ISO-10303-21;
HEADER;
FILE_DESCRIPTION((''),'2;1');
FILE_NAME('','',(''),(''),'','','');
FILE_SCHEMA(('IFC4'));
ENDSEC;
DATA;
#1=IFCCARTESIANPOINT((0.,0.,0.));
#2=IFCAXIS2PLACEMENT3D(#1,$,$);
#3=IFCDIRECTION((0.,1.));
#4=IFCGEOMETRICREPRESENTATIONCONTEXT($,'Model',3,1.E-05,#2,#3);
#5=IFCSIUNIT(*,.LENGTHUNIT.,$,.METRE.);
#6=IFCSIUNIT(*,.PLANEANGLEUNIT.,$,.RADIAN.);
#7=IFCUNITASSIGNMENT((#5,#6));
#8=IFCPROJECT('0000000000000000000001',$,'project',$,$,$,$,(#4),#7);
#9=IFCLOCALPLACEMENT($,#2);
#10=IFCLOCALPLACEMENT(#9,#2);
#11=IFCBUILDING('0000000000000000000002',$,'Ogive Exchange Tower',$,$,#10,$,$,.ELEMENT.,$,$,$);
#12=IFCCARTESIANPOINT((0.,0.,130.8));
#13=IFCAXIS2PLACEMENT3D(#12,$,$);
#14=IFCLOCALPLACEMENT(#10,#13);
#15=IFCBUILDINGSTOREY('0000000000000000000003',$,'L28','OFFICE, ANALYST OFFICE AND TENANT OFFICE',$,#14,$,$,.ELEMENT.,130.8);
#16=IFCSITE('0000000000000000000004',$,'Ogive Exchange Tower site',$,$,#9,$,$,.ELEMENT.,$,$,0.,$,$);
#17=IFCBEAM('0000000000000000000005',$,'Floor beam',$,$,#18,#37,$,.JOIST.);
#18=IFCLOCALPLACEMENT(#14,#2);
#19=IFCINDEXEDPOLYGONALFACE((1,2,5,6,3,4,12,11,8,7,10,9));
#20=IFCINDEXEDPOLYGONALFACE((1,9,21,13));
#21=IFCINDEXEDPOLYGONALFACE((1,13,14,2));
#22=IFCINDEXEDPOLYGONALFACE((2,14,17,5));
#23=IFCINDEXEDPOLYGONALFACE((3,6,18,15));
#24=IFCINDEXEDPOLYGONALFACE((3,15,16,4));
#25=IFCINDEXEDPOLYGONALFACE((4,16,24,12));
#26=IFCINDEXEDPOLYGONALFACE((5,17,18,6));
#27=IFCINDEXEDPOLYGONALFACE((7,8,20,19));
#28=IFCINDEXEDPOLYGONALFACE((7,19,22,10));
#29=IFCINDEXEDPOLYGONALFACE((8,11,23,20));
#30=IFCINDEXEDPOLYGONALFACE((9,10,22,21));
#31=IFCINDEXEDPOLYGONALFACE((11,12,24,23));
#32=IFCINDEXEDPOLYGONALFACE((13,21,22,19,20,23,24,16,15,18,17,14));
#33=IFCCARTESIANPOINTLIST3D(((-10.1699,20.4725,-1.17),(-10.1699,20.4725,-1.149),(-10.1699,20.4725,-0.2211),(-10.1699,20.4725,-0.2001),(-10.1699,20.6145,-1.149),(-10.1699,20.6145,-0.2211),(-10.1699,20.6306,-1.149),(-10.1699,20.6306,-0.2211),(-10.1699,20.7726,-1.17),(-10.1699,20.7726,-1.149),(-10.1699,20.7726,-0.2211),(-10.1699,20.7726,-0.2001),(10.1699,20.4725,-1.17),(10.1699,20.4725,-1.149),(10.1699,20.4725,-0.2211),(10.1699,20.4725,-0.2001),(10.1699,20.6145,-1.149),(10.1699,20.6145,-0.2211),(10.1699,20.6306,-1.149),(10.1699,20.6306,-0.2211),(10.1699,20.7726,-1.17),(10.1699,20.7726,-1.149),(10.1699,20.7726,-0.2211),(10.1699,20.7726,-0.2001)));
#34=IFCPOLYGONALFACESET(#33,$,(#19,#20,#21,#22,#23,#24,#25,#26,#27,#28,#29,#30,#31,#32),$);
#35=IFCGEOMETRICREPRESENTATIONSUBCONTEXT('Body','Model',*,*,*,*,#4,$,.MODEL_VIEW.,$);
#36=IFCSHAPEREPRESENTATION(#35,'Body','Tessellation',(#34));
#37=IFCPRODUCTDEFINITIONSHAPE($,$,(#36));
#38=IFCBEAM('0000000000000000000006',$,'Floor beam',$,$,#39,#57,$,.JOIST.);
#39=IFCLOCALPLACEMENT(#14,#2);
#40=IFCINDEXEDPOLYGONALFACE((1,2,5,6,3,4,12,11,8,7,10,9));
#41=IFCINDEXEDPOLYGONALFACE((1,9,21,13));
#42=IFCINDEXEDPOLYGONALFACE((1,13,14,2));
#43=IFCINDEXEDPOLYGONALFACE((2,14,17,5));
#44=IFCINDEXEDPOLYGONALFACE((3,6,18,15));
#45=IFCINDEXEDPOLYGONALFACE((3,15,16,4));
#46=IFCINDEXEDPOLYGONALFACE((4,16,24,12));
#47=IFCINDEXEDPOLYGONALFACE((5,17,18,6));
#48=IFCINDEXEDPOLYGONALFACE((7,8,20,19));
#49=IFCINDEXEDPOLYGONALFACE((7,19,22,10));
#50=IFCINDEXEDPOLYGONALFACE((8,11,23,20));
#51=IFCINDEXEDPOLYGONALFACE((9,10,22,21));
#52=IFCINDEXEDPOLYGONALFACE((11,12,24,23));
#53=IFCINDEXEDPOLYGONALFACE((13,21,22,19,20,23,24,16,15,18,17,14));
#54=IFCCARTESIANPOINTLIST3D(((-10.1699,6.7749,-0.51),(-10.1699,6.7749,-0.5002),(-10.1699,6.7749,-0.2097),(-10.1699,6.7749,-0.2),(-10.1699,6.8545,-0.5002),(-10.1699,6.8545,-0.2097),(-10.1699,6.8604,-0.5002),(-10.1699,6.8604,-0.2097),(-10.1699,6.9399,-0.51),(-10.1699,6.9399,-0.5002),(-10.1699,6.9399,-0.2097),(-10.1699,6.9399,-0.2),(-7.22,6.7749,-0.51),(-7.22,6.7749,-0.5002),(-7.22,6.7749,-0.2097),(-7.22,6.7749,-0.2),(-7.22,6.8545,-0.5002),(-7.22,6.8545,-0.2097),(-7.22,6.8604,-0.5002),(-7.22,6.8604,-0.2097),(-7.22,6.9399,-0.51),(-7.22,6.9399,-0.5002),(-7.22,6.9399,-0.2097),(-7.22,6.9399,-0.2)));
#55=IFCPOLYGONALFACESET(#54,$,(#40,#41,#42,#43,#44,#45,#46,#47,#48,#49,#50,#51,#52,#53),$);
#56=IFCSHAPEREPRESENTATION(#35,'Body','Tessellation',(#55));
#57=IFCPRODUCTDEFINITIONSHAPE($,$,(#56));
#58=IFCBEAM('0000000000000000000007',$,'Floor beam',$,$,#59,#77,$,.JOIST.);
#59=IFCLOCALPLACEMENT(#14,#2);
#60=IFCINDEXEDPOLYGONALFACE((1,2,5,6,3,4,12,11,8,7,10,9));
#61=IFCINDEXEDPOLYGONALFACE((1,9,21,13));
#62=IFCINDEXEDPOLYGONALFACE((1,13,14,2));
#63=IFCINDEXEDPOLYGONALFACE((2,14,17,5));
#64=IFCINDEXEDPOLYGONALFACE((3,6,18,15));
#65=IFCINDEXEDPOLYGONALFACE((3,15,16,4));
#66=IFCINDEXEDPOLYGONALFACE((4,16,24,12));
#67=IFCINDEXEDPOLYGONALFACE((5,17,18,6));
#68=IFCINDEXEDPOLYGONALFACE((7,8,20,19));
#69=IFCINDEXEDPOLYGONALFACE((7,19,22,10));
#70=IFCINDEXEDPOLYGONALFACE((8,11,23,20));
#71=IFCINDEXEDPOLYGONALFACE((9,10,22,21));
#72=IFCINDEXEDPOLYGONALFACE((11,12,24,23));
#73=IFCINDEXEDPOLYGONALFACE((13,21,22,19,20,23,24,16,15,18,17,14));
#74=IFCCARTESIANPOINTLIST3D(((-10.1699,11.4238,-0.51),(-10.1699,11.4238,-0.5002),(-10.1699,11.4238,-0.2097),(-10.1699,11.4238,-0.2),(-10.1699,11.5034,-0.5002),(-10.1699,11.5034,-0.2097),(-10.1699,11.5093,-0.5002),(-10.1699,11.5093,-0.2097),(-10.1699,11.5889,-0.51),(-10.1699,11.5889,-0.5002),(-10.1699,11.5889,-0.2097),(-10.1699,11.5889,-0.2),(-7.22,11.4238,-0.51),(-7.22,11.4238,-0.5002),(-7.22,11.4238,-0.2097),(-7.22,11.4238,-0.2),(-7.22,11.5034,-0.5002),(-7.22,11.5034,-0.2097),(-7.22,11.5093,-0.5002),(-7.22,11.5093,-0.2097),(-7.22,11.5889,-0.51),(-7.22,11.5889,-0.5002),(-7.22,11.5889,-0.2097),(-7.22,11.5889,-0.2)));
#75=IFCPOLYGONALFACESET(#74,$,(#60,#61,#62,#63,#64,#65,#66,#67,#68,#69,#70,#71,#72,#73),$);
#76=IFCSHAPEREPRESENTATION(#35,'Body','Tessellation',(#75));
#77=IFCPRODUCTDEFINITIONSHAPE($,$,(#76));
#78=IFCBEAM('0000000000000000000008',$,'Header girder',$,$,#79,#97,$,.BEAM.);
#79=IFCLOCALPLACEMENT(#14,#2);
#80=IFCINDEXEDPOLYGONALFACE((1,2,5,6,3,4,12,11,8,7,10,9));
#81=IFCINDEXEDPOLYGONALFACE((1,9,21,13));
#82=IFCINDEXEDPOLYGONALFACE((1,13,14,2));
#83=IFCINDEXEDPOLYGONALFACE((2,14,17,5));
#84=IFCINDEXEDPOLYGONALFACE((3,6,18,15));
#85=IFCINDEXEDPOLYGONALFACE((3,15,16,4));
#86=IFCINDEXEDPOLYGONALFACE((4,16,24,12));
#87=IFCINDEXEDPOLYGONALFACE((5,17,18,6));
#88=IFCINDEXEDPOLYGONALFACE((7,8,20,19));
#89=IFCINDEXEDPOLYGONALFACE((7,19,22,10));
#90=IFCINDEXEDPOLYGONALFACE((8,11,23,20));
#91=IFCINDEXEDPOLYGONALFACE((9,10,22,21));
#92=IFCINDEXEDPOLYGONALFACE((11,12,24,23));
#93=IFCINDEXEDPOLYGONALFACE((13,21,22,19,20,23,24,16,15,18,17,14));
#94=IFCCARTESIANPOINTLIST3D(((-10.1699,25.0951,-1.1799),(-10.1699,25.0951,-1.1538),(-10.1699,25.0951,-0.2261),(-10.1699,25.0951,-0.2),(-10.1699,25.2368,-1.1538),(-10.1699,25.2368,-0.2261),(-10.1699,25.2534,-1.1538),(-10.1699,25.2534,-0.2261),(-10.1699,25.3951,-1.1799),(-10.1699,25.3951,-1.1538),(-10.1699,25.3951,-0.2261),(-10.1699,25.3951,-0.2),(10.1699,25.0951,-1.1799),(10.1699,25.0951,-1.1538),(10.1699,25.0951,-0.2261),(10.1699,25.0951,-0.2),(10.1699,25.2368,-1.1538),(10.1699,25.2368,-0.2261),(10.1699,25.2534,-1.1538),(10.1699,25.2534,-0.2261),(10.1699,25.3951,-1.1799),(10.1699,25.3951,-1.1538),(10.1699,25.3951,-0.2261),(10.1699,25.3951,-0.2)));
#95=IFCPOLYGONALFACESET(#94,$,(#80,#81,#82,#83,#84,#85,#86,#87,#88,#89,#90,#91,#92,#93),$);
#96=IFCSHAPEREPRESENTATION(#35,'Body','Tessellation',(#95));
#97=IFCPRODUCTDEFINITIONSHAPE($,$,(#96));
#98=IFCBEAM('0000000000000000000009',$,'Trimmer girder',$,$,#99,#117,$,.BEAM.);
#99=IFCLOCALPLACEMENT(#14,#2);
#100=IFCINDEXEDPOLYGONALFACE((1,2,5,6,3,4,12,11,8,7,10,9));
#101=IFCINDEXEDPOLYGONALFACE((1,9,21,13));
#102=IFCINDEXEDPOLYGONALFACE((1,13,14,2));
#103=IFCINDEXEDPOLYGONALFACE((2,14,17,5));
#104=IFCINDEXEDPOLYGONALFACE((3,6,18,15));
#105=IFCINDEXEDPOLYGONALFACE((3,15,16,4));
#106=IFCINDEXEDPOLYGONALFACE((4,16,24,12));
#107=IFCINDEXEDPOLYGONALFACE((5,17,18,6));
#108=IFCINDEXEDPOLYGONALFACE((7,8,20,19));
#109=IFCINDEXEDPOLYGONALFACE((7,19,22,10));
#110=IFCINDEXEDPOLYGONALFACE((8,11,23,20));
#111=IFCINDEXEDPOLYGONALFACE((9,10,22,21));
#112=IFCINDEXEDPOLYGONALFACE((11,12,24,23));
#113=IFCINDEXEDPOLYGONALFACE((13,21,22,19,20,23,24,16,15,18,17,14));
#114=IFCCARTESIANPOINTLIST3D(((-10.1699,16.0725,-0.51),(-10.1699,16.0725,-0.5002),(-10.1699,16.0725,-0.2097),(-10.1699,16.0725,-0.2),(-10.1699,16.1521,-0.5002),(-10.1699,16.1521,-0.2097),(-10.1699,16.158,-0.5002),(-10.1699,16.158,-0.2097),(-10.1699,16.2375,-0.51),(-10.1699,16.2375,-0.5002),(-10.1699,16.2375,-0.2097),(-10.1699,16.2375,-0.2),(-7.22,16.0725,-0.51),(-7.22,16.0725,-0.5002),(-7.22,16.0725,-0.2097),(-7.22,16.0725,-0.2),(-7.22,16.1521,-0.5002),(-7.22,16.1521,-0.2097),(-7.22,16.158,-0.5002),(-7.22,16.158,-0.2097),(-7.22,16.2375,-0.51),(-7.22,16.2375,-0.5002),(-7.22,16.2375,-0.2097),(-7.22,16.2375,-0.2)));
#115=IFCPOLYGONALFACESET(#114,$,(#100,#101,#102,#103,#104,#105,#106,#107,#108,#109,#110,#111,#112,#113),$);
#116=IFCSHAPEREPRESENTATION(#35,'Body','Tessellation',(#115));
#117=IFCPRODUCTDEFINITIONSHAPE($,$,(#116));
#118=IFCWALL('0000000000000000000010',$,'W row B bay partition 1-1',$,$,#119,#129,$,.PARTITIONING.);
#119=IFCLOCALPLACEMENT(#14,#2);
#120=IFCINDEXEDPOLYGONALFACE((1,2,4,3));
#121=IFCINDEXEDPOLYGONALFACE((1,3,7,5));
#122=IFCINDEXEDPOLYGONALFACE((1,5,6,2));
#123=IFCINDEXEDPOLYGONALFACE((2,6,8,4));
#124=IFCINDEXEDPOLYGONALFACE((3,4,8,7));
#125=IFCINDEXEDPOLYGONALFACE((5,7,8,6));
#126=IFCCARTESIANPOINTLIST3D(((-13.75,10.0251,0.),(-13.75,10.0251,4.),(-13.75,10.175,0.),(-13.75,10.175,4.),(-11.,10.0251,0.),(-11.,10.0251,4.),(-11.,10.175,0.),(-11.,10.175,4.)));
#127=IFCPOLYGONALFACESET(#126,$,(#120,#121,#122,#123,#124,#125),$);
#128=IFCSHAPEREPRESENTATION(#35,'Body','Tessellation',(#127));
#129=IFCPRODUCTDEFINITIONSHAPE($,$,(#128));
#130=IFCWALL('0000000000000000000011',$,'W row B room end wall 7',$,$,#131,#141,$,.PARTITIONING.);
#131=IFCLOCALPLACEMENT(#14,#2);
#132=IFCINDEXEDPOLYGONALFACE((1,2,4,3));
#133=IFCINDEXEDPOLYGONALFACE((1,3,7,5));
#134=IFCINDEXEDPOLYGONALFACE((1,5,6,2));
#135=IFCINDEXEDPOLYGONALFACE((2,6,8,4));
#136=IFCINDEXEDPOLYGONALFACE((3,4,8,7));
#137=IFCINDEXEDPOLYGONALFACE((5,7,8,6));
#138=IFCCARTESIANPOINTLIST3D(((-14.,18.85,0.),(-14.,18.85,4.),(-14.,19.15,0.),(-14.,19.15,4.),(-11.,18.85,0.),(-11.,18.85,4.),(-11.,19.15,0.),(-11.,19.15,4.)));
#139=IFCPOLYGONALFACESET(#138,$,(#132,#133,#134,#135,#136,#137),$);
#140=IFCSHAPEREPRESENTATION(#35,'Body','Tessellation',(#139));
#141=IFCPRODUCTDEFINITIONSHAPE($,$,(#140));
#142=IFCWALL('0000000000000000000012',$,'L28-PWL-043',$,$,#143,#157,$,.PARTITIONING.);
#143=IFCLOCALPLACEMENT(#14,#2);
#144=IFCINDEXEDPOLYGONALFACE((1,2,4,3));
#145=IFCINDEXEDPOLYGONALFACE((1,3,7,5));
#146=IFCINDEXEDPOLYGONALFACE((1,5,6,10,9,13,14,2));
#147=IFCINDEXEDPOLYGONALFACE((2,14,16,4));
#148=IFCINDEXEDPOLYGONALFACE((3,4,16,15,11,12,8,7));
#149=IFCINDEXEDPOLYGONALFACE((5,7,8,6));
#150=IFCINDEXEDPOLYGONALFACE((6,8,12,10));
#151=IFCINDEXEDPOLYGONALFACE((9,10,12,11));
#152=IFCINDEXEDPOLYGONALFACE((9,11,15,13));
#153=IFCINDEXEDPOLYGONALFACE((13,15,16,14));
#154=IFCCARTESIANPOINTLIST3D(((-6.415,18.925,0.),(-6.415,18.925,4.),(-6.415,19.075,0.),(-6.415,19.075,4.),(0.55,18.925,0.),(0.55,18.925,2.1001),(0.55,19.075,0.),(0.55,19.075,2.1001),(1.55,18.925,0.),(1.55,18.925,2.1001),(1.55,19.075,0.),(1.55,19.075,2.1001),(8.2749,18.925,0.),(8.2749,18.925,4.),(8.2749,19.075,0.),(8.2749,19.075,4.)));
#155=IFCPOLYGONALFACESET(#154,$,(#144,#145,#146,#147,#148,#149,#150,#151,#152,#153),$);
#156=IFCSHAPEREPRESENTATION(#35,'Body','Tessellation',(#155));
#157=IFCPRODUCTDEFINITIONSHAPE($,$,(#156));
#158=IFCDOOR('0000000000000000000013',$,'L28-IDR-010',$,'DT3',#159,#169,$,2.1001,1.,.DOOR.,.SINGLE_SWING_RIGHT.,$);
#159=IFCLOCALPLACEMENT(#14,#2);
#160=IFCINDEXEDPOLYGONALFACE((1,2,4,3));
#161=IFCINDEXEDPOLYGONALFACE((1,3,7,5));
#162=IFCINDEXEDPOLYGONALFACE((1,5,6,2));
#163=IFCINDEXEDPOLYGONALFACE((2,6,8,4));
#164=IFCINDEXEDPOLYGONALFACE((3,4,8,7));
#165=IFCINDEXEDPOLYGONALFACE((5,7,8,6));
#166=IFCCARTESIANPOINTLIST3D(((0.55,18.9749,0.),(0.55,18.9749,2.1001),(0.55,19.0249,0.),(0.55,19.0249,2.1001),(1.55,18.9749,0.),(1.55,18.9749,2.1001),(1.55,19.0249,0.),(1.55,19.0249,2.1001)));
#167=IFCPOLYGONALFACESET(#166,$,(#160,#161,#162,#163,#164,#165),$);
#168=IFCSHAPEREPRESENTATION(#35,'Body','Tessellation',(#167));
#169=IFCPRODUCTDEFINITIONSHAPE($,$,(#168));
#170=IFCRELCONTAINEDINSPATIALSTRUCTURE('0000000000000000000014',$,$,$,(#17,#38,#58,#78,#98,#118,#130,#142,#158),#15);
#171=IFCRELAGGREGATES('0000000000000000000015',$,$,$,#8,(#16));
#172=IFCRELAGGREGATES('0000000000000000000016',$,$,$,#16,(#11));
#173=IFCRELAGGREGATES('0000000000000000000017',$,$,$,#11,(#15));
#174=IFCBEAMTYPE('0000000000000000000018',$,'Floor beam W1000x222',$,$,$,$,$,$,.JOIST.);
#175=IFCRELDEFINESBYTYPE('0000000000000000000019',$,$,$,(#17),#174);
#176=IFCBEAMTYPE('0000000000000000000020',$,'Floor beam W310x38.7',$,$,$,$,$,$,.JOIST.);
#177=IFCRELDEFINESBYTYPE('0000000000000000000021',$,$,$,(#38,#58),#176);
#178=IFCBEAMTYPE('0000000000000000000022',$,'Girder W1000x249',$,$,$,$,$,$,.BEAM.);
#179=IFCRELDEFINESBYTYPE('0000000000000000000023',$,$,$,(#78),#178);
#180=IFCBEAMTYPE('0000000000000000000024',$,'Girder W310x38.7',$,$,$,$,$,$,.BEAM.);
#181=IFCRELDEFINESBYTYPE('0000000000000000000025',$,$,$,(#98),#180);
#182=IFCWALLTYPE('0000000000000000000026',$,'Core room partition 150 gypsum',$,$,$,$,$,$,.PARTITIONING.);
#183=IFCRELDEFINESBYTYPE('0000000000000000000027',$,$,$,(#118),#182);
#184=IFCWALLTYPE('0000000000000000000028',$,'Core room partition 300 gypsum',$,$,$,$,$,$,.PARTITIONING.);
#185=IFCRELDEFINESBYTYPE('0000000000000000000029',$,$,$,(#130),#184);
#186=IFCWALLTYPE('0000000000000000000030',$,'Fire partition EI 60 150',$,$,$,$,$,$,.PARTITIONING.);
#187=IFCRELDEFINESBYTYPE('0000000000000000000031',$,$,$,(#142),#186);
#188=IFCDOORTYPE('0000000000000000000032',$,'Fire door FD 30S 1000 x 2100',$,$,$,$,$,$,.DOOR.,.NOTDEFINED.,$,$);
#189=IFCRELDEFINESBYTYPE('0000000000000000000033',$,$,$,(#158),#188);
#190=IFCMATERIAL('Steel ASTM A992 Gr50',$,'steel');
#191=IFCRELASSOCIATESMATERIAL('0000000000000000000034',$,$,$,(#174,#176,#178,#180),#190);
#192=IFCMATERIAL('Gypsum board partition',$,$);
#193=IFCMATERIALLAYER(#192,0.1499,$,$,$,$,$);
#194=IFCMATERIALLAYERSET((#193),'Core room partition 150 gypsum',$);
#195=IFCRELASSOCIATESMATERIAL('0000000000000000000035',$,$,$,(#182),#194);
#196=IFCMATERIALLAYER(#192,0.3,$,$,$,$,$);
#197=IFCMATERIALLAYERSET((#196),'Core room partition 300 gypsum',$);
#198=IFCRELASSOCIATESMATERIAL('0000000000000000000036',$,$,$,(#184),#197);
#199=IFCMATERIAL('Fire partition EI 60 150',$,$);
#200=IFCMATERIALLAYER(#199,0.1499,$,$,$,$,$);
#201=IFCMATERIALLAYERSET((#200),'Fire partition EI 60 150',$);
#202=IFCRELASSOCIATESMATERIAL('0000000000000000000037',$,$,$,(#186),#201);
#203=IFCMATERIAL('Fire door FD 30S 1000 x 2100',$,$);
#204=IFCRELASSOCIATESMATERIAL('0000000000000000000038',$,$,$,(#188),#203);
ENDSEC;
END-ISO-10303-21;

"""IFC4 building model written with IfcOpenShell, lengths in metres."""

from ifc_helpers import new_model, si_unit, direction, frame, frame_2d, origin, origin_2d, place, context, subcontext, project, spatial, rectangle, i_section, extrude, material, layer, layer_set, material_profile, profile_set, type_object, element, fill, save


model = new_model("IFC4")

# Units and contexts
model_context = context("Model", 3, precision=1e-05, world=origin(), true_north=direction((0.0, 1.0)))
body_context = subcontext(model_context, "Body", "Model", "MODEL_VIEW")
ifc_project = project(units=[si_unit("LENGTHUNIT", "METRE"), si_unit("PLANEANGLEUNIT", "RADIAN")], contexts=[model_context])

# Site, building, storey
site_placement = place(None, origin())
site = spatial("IfcSite", under=ifc_project, at=site_placement, Name="Ogive Exchange Tower site", CompositionType="ELEMENT", RefElevation=0.0)
building_placement = place(site_placement, origin())
building = spatial("IfcBuilding", under=site, at=building_placement, Name="Ogive Exchange Tower", CompositionType="ELEMENT")
storey_placement = place(building_placement, frame((0.0, 0.0, 130.8)))
storey = spatial("IfcBuildingStorey", under=building, at=storey_placement, Name="L28", Description="OFFICE, ANALYST OFFICE AND TENANT OFFICE", CompositionType="ELEMENT", Elevation=130.8)

# Beams
ifc_material_1 = material(Name="Steel ASTM A992 Gr50", Category="steel")
ifc_material_profile_1 = material_profile(ifc_material_1, i_section(OverallWidth=0.3, OverallDepth=0.97, WebThickness=0.0161, FlangeThickness=0.021, at=origin_2d()), Name="W1000x222")
ifc_profile_set_1 = profile_set([ifc_material_profile_1], Name="Steel ASTM A992 Gr50")
beam_type_1 = type_object("IfcBeamType", Name="Floor beam W1000x222", PredefinedType="JOIST", material=ifc_profile_set_1)
beam_1_placement = place(storey_placement, frame((-10.1699, 20.6226, -0.6851), z_axis=(1.0, 0.0, 0.0), x_axis=(0.0, 1.0, 0.0)))
element("IfcBeam", 1, at=beam_1_placement, inside=storey, type_object=beam_type_1, Name="Floor beam", PredefinedType="JOIST", context=body_context, shape_type="SweptSolid", body=[
    extrude(i_section(OverallWidth=0.3, OverallDepth=0.97, WebThickness=0.0161, FlangeThickness=0.021, at=origin_2d()), origin(), (0.0, 0.0, 1.0), 20.3398),
])
ifc_material_profile_2 = material_profile(ifc_material_1, i_section(OverallWidth=0.165, OverallDepth=0.3101, WebThickness=0.0059, FlangeThickness=0.0098, at=origin_2d()), Name="W310x38.7")
ifc_profile_set_2 = profile_set([ifc_material_profile_2], Name="Steel ASTM A992 Gr50")
beam_type_2 = type_object("IfcBeamType", Name="Floor beam W310x38.7", PredefinedType="JOIST", material=ifc_profile_set_2)
for number, where, z_axis, x_axis, name in (
    (2, (-10.1699, 6.8574, -0.355), (1.0, 0.0, 0.0), (0.0, 1.0, 0.0), "Floor beam"),
    (3, (-10.1699, 11.5063, -0.355), (1.0, 0.0, 0.0), (0.0, 1.0, 0.0), "Floor beam"),
):
    element("IfcBeam", number, at=place(storey_placement, frame(where, z_axis=z_axis, x_axis=x_axis)), inside=storey, type_object=beam_type_2, Name=name, PredefinedType="JOIST", context=body_context, shape_type="SweptSolid", body=[
        extrude(i_section(OverallWidth=0.165, OverallDepth=0.3101, WebThickness=0.0059, FlangeThickness=0.0098, at=origin_2d()), origin(), (0.0, 0.0, 1.0), 2.95),
    ])
ifc_material_profile_3 = material_profile(ifc_material_1, i_section(OverallWidth=0.3, OverallDepth=0.98, WebThickness=0.0166, FlangeThickness=0.0261, at=origin_2d()), Name="W1000x249")
ifc_profile_set_3 = profile_set([ifc_material_profile_3], Name="Steel ASTM A992 Gr50")
beam_type_3 = type_object("IfcBeamType", Name="Girder W1000x249", PredefinedType="BEAM", material=ifc_profile_set_3)
beam_2_placement = place(storey_placement, frame((-10.1699, 25.2451, -0.6899), z_axis=(1.0, 0.0, 0.0), x_axis=(0.0, 1.0, 0.0)))
element("IfcBeam", 4, at=beam_2_placement, inside=storey, type_object=beam_type_3, Name="Header girder", PredefinedType="BEAM", context=body_context, shape_type="SweptSolid", body=[
    extrude(i_section(OverallWidth=0.3, OverallDepth=0.98, WebThickness=0.0166, FlangeThickness=0.0261, at=origin_2d()), origin(), (0.0, 0.0, 1.0), 20.3398),
])
ifc_material_profile_4 = material_profile(ifc_material_1, i_section(OverallWidth=0.165, OverallDepth=0.3101, WebThickness=0.0059, FlangeThickness=0.0098, at=origin_2d()), Name="W310x38.7")
ifc_profile_set_4 = profile_set([ifc_material_profile_4], Name="Steel ASTM A992 Gr50")
beam_type_4 = type_object("IfcBeamType", Name="Girder W310x38.7", PredefinedType="BEAM", material=ifc_profile_set_4)
beam_3_placement = place(storey_placement, frame((-10.1699, 16.155, -0.355), z_axis=(1.0, 0.0, 0.0), x_axis=(0.0, 1.0, 0.0)))
element("IfcBeam", 5, at=beam_3_placement, inside=storey, type_object=beam_type_4, Name="Trimmer girder", PredefinedType="BEAM", context=body_context, shape_type="SweptSolid", body=[
    extrude(i_section(OverallWidth=0.165, OverallDepth=0.3101, WebThickness=0.0059, FlangeThickness=0.0098, at=origin_2d()), origin(), (0.0, 0.0, 1.0), 2.95),
])

# Walls
ifc_material_2 = material(Name="Gypsum board partition")
ifc_layer_1 = layer(ifc_material_2, 0.1499)
ifc_layer_set_1 = layer_set([ifc_layer_1], Name="Core room partition 150 gypsum")
wall_type_1 = type_object("IfcWallType", Name="Core room partition 150 gypsum", PredefinedType="PARTITIONING", material=ifc_layer_set_1)
wall_1_placement = place(storey_placement, frame((-13.75, 10.1001, 0.0), z_axis=(0.0, 0.0, 1.0), x_axis=(1.0, 0.0, 0.0)))
element("IfcWall", 6, at=wall_1_placement, inside=storey, type_object=wall_type_1, Name="W row B bay partition 1-1", PredefinedType="PARTITIONING", context=body_context, shape_type="SweptSolid", body=[
    extrude(rectangle(XDim=2.75, YDim=0.1499, at=frame_2d((1.375, 0.0))), origin(), (0.0, 0.0, 1.0), 4.0),
])
ifc_layer_2 = layer(ifc_material_2, 0.3)
ifc_layer_set_2 = layer_set([ifc_layer_2], Name="Core room partition 300 gypsum")
wall_type_2 = type_object("IfcWallType", Name="Core room partition 300 gypsum", PredefinedType="PARTITIONING", material=ifc_layer_set_2)
wall_2_placement = place(storey_placement, frame((-14.0, 19.0, 0.0), z_axis=(0.0, 0.0, 1.0), x_axis=(1.0, 0.0, 0.0)))
element("IfcWall", 7, at=wall_2_placement, inside=storey, type_object=wall_type_2, Name="W row B room end wall 7", PredefinedType="PARTITIONING", context=body_context, shape_type="SweptSolid", body=[
    extrude(rectangle(XDim=3.0, YDim=0.3, at=frame_2d((1.5, 0.0))), origin(), (0.0, 0.0, 1.0), 4.0),
])

# Wall, opening, door
ifc_material_3 = material(Name="Fire partition EI 60 150")
ifc_layer_3 = layer(ifc_material_3, 0.1499)
ifc_layer_set_3 = layer_set([ifc_layer_3], Name="Fire partition EI 60 150")
wall_type_3 = type_object("IfcWallType", Name="Fire partition EI 60 150", PredefinedType="PARTITIONING", material=ifc_layer_set_3)
wall_3_placement = place(storey_placement, frame((-6.415, 19.0, 0.0), z_axis=(0.0, 0.0, 1.0), x_axis=(1.0, 0.0, 0.0)))
wall_3 = element("IfcWall", 8, at=wall_3_placement, inside=storey, type_object=wall_type_3, Name="L28-PWL-043", PredefinedType="PARTITIONING", context=body_context, shape_type="SweptSolid", body=[
    extrude(rectangle(XDim=14.6899, YDim=0.1499, at=frame_2d((7.345, 0.0))), origin(), (0.0, 0.0, 1.0), 4.0),
])
opening_1_placement = place(wall_3_placement, frame((6.9651, 0.0, 0.0)))
opening_1 = element("IfcOpeningElement", 9, at=opening_1_placement, cuts=wall_3, PredefinedType="OPENING", context=body_context, shape_type="SweptSolid", body=[
    extrude(rectangle(XDim=1.0, YDim=2.1001, at=frame_2d((0.5, 1.05))), frame((0.0, 0.085, 0.0), z_axis=(0.0, -1.0, 0.0), x_axis=(1.0, 0.0, 0.0)), (0.0, 0.0, 1.0), 0.1699),
])
ifc_material_4 = material(Name="Fire door FD 30S 1000 x 2100")
door_type_1 = type_object("IfcDoorType", Name="Fire door FD 30S 1000 x 2100", OperationType="NOTDEFINED", PredefinedType="DOOR", material=ifc_material_4)
door_1_placement = place(opening_1_placement, origin())
door_1 = element("IfcDoor", 10, at=door_1_placement, inside=storey, type_object=door_type_1, Name="L28-IDR-010", ObjectType="DT3", OperationType="SINGLE_SWING_RIGHT", OverallHeight=2.1001, OverallWidth=1.0, PredefinedType="DOOR", context=body_context, shape_type="SweptSolid", body=[
    extrude(rectangle(XDim=1.0, YDim=2.1001, at=frame_2d((0.5, 1.05))), frame((0.0, 0.0249, 0.0), z_axis=(0.0, -1.0, 0.0), x_axis=(1.0, 0.0, 0.0)), (0.0, 0.0, 1.0), 0.05),
])
fill(opening_1, door_1)

save(model, "model.ifc")
